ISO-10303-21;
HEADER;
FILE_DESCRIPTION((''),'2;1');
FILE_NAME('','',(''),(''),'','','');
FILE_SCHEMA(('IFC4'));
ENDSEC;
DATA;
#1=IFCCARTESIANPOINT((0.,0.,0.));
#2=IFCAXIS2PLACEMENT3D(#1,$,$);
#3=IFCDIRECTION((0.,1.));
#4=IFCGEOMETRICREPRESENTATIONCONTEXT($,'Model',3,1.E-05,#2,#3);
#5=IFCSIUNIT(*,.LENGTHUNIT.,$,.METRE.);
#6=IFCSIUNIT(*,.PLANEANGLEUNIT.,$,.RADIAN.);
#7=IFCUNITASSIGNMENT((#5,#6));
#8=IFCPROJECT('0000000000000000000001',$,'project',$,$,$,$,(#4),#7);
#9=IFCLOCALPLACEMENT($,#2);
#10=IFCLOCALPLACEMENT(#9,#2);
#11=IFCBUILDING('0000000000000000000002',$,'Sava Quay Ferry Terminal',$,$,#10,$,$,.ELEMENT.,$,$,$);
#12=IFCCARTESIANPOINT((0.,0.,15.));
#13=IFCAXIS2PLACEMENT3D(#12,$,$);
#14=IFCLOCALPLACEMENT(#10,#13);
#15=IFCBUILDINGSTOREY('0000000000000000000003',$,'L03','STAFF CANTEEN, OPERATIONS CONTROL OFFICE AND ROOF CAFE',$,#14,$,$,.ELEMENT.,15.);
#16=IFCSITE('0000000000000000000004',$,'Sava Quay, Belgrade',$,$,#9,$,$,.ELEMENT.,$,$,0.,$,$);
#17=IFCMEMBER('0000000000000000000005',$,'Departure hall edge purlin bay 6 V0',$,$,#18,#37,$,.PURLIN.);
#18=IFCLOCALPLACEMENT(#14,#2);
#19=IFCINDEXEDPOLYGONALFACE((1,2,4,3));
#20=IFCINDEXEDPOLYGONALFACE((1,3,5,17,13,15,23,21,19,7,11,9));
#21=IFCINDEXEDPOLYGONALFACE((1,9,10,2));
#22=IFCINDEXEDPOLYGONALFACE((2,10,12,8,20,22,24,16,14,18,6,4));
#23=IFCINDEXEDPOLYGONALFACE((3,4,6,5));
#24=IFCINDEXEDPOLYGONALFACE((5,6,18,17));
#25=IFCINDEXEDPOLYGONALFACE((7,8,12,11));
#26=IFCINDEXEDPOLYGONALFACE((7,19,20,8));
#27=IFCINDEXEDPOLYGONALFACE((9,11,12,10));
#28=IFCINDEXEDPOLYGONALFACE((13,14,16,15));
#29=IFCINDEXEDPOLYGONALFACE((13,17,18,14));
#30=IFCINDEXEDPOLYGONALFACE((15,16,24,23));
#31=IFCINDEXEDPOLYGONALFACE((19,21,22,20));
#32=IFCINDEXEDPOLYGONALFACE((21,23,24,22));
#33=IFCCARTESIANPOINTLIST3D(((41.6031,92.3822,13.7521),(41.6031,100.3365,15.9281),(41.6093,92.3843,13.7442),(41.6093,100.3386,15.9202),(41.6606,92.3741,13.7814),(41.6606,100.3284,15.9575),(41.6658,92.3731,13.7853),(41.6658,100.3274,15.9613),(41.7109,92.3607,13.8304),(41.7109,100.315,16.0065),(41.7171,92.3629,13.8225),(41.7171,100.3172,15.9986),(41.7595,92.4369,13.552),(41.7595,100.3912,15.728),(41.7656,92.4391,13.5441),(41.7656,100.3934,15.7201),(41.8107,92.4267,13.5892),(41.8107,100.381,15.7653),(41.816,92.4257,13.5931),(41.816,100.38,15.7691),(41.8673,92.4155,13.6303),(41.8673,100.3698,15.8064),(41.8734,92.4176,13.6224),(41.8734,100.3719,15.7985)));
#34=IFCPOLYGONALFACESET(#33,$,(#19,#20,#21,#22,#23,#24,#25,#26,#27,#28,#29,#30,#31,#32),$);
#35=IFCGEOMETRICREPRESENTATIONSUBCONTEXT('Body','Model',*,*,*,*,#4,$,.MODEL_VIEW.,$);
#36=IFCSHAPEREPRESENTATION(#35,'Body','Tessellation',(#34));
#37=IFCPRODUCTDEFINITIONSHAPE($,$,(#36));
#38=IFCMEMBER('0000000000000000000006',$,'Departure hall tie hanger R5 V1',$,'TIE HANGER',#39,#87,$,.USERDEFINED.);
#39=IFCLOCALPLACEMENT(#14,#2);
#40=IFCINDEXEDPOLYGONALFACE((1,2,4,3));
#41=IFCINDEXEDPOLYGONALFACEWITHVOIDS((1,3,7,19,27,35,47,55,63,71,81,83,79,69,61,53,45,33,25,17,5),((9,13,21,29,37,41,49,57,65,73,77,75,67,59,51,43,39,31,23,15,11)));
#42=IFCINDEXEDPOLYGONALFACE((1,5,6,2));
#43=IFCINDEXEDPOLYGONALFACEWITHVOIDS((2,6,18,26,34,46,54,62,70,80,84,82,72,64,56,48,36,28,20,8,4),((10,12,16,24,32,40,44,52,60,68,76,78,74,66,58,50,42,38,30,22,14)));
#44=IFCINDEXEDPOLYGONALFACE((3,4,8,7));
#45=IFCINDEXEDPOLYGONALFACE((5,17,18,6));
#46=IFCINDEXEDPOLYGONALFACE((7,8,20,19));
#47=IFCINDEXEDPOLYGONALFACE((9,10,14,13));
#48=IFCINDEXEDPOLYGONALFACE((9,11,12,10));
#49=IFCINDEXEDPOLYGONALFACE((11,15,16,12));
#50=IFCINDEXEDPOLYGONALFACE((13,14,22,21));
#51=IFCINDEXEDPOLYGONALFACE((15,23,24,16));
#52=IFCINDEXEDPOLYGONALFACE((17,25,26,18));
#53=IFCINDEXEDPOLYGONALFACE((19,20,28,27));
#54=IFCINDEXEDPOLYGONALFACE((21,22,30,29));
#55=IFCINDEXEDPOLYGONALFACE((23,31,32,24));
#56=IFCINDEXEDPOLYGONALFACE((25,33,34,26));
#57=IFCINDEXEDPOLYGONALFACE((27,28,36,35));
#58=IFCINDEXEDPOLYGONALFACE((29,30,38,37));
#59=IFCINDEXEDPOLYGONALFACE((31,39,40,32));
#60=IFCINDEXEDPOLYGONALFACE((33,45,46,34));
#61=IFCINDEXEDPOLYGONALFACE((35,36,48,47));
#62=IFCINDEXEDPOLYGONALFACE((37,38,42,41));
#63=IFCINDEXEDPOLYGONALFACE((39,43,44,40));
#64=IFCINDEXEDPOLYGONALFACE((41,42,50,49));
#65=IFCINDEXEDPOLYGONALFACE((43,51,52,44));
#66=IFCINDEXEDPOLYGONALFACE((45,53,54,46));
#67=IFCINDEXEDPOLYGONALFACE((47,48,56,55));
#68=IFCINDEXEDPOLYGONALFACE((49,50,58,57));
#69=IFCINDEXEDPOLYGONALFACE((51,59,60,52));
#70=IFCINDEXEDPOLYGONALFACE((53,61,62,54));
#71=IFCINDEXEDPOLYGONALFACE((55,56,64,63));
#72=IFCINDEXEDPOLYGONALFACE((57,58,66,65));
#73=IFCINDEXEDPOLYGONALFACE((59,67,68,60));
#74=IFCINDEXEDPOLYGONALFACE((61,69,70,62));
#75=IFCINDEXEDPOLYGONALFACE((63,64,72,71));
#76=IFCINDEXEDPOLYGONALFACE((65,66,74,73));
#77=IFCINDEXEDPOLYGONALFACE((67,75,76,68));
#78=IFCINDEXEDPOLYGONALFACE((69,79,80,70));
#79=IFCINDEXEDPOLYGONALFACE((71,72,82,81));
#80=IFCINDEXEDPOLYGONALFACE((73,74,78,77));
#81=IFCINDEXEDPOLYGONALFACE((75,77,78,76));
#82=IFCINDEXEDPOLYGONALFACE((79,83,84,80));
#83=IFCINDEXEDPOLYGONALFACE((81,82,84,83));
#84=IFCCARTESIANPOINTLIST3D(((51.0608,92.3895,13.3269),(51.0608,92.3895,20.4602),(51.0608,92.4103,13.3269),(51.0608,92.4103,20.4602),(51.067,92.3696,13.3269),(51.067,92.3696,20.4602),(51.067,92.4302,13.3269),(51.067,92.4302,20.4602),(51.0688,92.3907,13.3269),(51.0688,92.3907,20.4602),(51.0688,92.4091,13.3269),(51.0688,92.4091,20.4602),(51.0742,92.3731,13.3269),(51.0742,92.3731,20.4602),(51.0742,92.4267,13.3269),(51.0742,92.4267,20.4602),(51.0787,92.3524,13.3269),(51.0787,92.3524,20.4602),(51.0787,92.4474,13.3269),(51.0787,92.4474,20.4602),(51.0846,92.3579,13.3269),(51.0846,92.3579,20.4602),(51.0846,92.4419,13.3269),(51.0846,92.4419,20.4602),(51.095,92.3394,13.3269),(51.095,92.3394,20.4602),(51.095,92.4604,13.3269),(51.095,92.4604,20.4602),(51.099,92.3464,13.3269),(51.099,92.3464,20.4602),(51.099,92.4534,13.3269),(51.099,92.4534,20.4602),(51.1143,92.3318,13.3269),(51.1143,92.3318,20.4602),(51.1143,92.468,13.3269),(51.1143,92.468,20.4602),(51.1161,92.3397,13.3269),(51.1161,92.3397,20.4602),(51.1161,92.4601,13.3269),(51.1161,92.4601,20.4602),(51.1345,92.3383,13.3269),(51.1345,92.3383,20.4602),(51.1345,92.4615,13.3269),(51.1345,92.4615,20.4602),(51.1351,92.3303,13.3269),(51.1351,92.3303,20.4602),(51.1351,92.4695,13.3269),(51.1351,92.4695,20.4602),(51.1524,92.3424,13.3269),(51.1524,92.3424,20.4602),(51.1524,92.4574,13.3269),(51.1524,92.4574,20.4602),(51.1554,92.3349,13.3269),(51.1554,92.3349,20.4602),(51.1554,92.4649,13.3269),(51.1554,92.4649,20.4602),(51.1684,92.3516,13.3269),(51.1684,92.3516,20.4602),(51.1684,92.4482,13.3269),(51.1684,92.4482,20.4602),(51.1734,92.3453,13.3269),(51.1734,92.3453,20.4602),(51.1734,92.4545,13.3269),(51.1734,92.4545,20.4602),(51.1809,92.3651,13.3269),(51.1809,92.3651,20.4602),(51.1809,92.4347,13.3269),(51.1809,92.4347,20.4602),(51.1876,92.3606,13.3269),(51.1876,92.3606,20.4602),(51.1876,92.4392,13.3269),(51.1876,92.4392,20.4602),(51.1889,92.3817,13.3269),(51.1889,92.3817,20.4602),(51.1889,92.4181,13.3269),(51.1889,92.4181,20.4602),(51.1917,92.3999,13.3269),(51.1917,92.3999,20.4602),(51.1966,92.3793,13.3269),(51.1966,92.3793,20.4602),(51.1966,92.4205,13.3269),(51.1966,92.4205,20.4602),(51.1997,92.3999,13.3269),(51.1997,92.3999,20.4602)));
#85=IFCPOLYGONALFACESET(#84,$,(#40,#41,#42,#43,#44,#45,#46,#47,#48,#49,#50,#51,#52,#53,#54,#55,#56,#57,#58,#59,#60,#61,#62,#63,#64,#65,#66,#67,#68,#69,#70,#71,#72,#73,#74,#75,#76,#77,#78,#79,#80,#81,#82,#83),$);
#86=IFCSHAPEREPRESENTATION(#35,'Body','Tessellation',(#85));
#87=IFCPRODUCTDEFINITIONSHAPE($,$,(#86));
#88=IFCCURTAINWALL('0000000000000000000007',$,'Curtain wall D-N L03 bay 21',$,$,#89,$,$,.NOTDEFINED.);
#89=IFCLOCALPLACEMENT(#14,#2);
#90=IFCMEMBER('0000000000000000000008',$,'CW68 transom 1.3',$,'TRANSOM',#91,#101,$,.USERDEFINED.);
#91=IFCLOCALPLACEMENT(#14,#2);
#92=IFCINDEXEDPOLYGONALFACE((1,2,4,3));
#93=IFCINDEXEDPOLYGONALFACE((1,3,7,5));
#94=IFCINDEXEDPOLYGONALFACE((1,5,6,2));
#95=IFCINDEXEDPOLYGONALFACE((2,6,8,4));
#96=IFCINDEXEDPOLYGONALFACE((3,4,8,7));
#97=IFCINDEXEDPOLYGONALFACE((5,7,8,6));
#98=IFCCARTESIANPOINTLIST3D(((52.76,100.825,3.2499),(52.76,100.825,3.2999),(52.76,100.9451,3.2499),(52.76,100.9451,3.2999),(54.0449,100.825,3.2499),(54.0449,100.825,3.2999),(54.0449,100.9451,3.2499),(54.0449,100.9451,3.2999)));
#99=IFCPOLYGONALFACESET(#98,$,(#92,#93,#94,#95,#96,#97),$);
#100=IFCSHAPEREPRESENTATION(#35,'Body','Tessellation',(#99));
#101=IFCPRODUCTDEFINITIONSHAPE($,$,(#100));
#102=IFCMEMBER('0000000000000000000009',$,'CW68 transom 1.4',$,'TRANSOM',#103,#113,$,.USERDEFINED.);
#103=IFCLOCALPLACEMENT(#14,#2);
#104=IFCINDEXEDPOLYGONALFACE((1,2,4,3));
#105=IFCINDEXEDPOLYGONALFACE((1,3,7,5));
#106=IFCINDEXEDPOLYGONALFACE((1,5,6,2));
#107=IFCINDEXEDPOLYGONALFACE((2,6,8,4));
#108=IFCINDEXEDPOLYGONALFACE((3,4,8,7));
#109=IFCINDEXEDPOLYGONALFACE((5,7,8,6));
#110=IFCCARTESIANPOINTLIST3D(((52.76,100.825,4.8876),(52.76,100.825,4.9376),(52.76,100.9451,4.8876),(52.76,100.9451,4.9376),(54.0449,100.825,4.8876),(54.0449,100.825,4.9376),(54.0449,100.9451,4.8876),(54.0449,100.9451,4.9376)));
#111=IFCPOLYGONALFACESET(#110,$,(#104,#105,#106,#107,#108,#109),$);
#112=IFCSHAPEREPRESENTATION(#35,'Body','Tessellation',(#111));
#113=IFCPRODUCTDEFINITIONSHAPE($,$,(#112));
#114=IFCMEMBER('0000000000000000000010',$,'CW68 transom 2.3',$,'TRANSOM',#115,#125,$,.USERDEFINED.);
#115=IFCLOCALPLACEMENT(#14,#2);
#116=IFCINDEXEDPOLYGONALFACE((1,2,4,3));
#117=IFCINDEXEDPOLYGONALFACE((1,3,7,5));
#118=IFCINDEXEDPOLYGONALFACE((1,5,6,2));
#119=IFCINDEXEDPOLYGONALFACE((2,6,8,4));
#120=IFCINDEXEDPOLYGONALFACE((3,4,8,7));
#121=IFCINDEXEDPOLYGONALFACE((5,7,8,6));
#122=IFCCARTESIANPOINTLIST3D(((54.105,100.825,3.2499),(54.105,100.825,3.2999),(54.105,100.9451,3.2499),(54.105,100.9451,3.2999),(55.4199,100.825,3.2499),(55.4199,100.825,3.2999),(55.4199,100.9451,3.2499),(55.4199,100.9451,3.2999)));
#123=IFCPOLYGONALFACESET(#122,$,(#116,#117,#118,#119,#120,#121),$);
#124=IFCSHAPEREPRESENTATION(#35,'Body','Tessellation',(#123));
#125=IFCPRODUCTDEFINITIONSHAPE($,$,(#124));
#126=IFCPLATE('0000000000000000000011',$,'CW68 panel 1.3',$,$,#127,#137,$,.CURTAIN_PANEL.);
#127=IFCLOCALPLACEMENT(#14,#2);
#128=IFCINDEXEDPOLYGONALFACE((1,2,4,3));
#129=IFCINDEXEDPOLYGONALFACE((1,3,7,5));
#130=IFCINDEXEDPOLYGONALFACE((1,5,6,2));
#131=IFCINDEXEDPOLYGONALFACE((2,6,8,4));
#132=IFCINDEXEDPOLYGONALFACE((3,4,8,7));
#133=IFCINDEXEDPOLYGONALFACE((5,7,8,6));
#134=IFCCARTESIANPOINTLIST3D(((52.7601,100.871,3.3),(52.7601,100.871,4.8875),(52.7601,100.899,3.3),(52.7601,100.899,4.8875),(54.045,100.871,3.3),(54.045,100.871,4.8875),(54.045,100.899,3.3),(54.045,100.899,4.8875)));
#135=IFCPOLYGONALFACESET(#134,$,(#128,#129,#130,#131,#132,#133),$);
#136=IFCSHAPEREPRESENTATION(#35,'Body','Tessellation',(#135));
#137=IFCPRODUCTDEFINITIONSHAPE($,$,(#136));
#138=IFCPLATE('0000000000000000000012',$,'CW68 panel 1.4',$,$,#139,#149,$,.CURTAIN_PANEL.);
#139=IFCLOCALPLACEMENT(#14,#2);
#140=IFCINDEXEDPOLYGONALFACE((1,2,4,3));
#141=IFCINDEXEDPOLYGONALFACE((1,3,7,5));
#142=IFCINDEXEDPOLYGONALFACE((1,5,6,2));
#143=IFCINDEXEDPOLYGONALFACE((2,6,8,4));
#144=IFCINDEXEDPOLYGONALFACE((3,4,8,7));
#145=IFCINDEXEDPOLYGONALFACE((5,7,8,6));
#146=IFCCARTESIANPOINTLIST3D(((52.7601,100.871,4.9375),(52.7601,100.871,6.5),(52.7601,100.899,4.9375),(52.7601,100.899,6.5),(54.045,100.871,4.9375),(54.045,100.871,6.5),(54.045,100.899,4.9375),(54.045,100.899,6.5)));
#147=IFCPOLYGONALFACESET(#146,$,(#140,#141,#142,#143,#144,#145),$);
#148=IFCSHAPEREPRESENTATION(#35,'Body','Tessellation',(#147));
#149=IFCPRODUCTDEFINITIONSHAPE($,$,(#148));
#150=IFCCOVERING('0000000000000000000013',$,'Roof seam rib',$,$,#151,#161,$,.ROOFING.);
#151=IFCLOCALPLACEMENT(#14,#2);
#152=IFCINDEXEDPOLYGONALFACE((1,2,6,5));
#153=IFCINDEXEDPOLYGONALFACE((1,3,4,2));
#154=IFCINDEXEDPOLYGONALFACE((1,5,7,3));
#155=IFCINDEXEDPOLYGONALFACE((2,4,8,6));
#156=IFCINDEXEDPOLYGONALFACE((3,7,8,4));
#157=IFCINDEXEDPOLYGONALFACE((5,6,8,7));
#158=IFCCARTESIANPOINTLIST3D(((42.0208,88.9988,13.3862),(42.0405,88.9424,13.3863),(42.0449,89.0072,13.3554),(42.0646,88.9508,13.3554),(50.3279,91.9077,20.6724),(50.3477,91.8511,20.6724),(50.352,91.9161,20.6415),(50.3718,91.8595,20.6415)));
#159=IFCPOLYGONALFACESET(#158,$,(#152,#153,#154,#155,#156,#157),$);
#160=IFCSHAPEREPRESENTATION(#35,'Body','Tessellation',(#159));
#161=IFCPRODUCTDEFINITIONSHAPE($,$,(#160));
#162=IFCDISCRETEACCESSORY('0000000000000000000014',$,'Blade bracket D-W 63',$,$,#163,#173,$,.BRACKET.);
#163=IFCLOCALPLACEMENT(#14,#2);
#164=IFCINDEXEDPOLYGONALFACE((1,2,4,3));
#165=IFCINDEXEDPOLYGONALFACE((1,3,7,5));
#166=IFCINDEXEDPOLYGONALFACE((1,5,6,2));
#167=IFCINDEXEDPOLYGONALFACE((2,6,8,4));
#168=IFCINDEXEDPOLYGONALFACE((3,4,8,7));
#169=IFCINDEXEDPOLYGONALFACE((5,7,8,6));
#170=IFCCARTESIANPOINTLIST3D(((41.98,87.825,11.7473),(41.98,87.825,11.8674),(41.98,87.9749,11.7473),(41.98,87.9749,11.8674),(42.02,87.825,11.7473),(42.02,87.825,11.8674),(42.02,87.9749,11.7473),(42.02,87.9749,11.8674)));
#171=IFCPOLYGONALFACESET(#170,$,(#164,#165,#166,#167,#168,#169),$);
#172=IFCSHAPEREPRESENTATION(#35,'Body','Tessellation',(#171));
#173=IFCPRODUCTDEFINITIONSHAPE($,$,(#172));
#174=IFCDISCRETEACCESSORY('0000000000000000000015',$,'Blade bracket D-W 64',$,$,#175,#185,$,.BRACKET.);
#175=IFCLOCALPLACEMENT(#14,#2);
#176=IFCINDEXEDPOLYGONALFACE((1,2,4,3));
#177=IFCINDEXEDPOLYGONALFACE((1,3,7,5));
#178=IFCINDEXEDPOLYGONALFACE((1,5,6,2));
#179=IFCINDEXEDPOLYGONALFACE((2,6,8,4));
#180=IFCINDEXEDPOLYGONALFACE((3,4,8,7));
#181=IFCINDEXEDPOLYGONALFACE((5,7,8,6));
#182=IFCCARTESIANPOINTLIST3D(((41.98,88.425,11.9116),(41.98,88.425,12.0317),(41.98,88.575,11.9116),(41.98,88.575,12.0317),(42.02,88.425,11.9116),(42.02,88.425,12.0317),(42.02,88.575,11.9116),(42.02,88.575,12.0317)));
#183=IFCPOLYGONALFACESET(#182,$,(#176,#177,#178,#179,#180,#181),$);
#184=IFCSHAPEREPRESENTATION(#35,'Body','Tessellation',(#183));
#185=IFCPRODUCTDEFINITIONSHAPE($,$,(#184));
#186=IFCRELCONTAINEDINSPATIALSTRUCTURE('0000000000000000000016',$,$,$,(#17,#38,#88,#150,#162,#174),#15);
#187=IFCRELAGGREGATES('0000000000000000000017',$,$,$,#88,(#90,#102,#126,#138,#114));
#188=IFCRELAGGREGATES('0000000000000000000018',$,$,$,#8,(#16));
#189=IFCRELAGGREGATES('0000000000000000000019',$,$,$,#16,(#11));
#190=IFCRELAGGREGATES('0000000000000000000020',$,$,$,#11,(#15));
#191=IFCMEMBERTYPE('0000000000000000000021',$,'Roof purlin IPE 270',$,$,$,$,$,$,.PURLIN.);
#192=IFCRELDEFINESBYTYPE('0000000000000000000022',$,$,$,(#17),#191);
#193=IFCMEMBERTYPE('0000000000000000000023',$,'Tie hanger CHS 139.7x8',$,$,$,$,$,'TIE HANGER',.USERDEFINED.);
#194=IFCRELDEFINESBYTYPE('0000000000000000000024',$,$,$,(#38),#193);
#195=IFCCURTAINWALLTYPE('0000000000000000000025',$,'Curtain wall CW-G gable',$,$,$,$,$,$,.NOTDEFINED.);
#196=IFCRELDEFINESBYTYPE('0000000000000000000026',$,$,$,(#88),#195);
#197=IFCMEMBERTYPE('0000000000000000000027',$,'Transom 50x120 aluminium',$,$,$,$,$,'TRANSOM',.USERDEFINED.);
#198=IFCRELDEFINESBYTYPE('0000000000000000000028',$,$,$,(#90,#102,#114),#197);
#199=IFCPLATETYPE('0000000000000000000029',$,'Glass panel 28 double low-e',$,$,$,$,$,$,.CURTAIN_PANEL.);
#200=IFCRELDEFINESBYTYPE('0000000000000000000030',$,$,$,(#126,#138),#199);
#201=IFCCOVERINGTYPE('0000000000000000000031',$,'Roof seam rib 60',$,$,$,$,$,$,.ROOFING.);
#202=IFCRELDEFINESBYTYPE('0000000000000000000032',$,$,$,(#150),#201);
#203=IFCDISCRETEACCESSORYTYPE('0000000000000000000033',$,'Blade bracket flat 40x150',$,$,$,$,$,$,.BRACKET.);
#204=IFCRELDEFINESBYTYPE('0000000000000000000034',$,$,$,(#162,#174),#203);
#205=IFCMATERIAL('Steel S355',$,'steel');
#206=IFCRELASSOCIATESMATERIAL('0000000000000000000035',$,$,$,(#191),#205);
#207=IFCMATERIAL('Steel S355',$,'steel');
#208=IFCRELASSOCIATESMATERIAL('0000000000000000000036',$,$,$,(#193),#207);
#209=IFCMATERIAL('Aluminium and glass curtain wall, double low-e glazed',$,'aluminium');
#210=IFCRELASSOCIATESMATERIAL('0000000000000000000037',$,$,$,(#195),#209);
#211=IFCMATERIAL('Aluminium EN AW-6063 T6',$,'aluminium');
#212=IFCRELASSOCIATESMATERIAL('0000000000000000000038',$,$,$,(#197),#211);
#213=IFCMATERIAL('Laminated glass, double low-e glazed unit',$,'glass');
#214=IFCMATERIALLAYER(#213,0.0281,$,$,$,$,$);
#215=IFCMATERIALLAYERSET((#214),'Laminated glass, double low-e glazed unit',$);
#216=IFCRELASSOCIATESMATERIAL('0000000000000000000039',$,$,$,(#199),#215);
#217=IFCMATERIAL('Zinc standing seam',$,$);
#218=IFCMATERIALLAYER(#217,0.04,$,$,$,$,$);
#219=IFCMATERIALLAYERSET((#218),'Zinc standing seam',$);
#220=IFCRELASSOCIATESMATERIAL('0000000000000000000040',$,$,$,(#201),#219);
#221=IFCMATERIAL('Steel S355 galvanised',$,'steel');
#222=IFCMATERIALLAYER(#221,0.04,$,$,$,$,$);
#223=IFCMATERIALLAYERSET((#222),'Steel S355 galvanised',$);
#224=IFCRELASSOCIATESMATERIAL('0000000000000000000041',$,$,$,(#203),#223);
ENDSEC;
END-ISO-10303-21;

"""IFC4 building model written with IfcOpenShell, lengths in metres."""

from ifc_helpers import new_model, si_unit, direction, frame, origin, origin_2d, place, context, subcontext, project, spatial, polyline, rectangle, hollow_circle, i_section, outline, extrude, material, layer, layer_set, material_profile, profile_set, type_object, element, aggregate, save


model = new_model("IFC4")

# Units and contexts
model_context = context("Model", 3, precision=1e-05, world=origin(), true_north=direction((0.0, 1.0)))
body_context = subcontext(model_context, "Body", "Model", "MODEL_VIEW")
ifc_project = project(units=[si_unit("LENGTHUNIT", "METRE"), si_unit("PLANEANGLEUNIT", "RADIAN")], contexts=[model_context])

# Site, building, storey
site_placement = place(None, origin())
site = spatial("IfcSite", under=ifc_project, at=site_placement, Name="Sava Quay, Belgrade", CompositionType="ELEMENT", RefElevation=0.0)
building_placement = place(site_placement, origin())
building = spatial("IfcBuilding", under=site, at=building_placement, Name="Sava Quay Ferry Terminal", CompositionType="ELEMENT")
storey_placement = place(building_placement, frame((0.0, 0.0, 15.0)))
storey = spatial("IfcBuildingStorey", under=building, at=storey_placement, Name="L03", Description="STAFF CANTEEN, OPERATIONS CONTROL OFFICE AND ROOF CAFE", CompositionType="ELEMENT", Elevation=15.0)

# Members
ifc_material_1 = material(Name="Steel S355", Category="steel")
ifc_material_profile_1 = material_profile(ifc_material_1, i_section(OverallWidth=0.135, OverallDepth=0.27, WebThickness=0.0066, FlangeThickness=0.0103, at=origin_2d()), Name="IPE 270")
ifc_profile_set_1 = profile_set([ifc_material_profile_1], Name="Steel S355")
member_type_1 = type_object("IfcMemberType", Name="Roof purlin IPE 270", PredefinedType="PURLIN", material=ifc_profile_set_1)
member_1_placement = place(storey_placement, frame((41.7383, 92.3999, 13.6873), z_axis=(0.0, 0.964559, 0.263869), x_axis=(-0.79862, 0.158806, -0.580506)))
element("IfcMember", 1, at=member_1_placement, inside=storey, type_object=member_type_1, Name="Departure hall edge purlin bay 6 V0", PredefinedType="PURLIN", context=body_context, shape_type="SweptSolid", body=[
    extrude(i_section(OverallWidth=0.135, OverallDepth=0.27, WebThickness=0.0066, FlangeThickness=0.0103, at=origin_2d()), origin(), (0.0, 0.0, 1.0), 8.2466),
])
ifc_material_2 = material(Name="Steel S355", Category="steel")
ifc_material_profile_2 = material_profile(ifc_material_2, hollow_circle(Radius=0.0698, WallThickness=0.0081, at=origin_2d()), Name="CHS 139.7 x 8.0")
ifc_profile_set_2 = profile_set([ifc_material_profile_2], Name="Steel S355")
member_type_2 = type_object("IfcMemberType", Name="Tie hanger CHS 139.7x8", ElementType="TIE HANGER", PredefinedType="USERDEFINED", material=ifc_profile_set_2)
member_2_placement = place(storey_placement, frame((51.1299, 92.3999, 13.3269), z_axis=(0.0, 0.0, 1.0), x_axis=(1.0, 0.0, 0.0)))
element("IfcMember", 2, at=member_2_placement, inside=storey, type_object=member_type_2, Name="Departure hall tie hanger R5 V1", ObjectType="TIE HANGER", PredefinedType="USERDEFINED", context=body_context, shape_type="SweptSolid", body=[
    extrude(hollow_circle(Radius=0.0698, WallThickness=0.0081, at=origin_2d()), origin(), (0.0, 0.0, 1.0), 7.1333),
])

# Curtain wall, members, plates
ifc_material_3 = material(Name="Aluminium and glass curtain wall, double low-e glazed", Category="aluminium")
curtain_wall_type = type_object("IfcCurtainWallType", Name="Curtain wall CW-G gable", PredefinedType="NOTDEFINED", material=ifc_material_3)
curtain_wall_placement = place(storey_placement, origin())
curtain_wall = element("IfcCurtainWall", 3, at=curtain_wall_placement, inside=storey, type_object=curtain_wall_type, Name="Curtain wall D-N L03 bay 21", PredefinedType="NOTDEFINED")
ifc_material_4 = material(Name="Aluminium EN AW-6063 T6", Category="aluminium")
ifc_material_profile_3 = material_profile(ifc_material_4, rectangle(XDim=0.1201, YDim=0.05, at=origin_2d()), Name="Transom 50x120 aluminium")
ifc_profile_set_3 = profile_set([ifc_material_profile_3], Name="Aluminium EN AW-6063 T6")
member_type_3 = type_object("IfcMemberType", Name="Transom 50x120 aluminium", ElementType="TRANSOM", PredefinedType="USERDEFINED", material=ifc_profile_set_3)
member_3_placement = place(storey_placement, frame((52.76, 100.885, 3.2749), z_axis=(1.0, 0.0, 0.0), x_axis=(0.0, 1.0, 0.0)))
member_3 = element("IfcMember", 4, at=member_3_placement, type_object=member_type_3, Name="CW68 transom 1.3", ObjectType="TRANSOM", PredefinedType="USERDEFINED", context=body_context, shape_type="SweptSolid", body=[
    extrude(rectangle(XDim=0.1201, YDim=0.05, at=origin_2d()), origin(), (0.0, 0.0, 1.0), 1.2849),
])
member_4_placement = place(storey_placement, frame((52.76, 100.885, 4.9126), z_axis=(1.0, 0.0, 0.0), x_axis=(0.0, 1.0, 0.0)))
member_4 = element("IfcMember", 5, at=member_4_placement, type_object=member_type_3, Name="CW68 transom 1.4", ObjectType="TRANSOM", PredefinedType="USERDEFINED", context=body_context, shape_type="SweptSolid", body=[
    extrude(rectangle(XDim=0.1201, YDim=0.05, at=origin_2d()), origin(), (0.0, 0.0, 1.0), 1.2849),
])
member_5_placement = place(storey_placement, frame((54.105, 100.885, 3.2749), z_axis=(1.0, 0.0, 0.0), x_axis=(0.0, 1.0, 0.0)))
member_5 = element("IfcMember", 6, at=member_5_placement, type_object=member_type_3, Name="CW68 transom 2.3", ObjectType="TRANSOM", PredefinedType="USERDEFINED", context=body_context, shape_type="SweptSolid", body=[
    extrude(rectangle(XDim=0.1201, YDim=0.05, at=origin_2d()), origin(), (0.0, 0.0, 1.0), 1.3149),
])
ifc_material_5 = material(Name="Laminated glass, double low-e glazed unit", Category="glass")
ifc_layer_1 = layer(ifc_material_5, 0.0281)
ifc_layer_set_1 = layer_set([ifc_layer_1], Name="Laminated glass, double low-e glazed unit")
plate_type = type_object("IfcPlateType", Name="Glass panel 28 double low-e", PredefinedType="CURTAIN_PANEL", material=ifc_layer_set_1)
plate_1_placement = place(storey_placement, frame((53.4026, 100.885, 3.3), z_axis=(0.0, 0.0, 1.0), x_axis=(1.0, 0.0, 0.0)))
plate_1 = element("IfcPlate", 7, at=plate_1_placement, type_object=plate_type, Name="CW68 panel 1.3", PredefinedType="CURTAIN_PANEL", context=body_context, shape_type="SweptSolid", body=[
    extrude(rectangle(XDim=1.2849, YDim=0.0281, at=origin_2d()), origin(), (0.0, 0.0, 1.0), 1.5874),
])
plate_2_placement = place(storey_placement, frame((53.4026, 100.885, 4.9375), z_axis=(0.0, 0.0, 1.0), x_axis=(1.0, 0.0, 0.0)))
plate_2 = element("IfcPlate", 8, at=plate_2_placement, type_object=plate_type, Name="CW68 panel 1.4", PredefinedType="CURTAIN_PANEL", context=body_context, shape_type="SweptSolid", body=[
    extrude(rectangle(XDim=1.2849, YDim=0.0281, at=origin_2d()), origin(), (0.0, 0.0, 1.0), 1.5625),
])
aggregate(curtain_wall, [member_3, member_4, plate_1, plate_2, member_5])

# Covering
ifc_material_6 = material(Name="Zinc standing seam")
ifc_layer_2 = layer(ifc_material_6, 0.04)
ifc_layer_set_2 = layer_set([ifc_layer_2], Name="Zinc standing seam")
covering_type = type_object("IfcCoveringType", Name="Roof seam rib 60", PredefinedType="ROOFING", material=ifc_layer_set_2)
covering_placement = place(storey_placement, frame((42.0208, 88.9988, 13.3862), z_axis=(-0.601891, -0.210597, 0.770309), x_axis=(0.727023, 0.254584, 0.637671)))
element("IfcCovering", 9, at=covering_placement, inside=storey, type_object=covering_type, Name="Roof seam rib", PredefinedType="ROOFING", context=body_context, shape_type="SweptSolid", body=[
    extrude(outline(polyline([(0.0, 0.0), (11.4262, 0.0), (11.4262, -0.06), (0.0, -0.0598), (0.0, 0.0)])), origin(), (0.0, 0.0, -1.0), 0.04),
])

# Discrete accessories
ifc_material_7 = material(Name="Steel S355 galvanised", Category="steel")
ifc_layer_3 = layer(ifc_material_7, 0.04)
ifc_layer_set_3 = layer_set([ifc_layer_3], Name="Steel S355 galvanised")
discrete_accessory_type = type_object("IfcDiscreteAccessoryType", Name="Blade bracket flat 40x150", PredefinedType="BRACKET", material=ifc_layer_set_3)
for number, where, z_axis, x_axis, name in (
    (10, (42.0, 87.8999, 11.7473), (0.0, 0.0, 1.0), (1.0, 0.0, 0.0), "Blade bracket D-W 63"),
    (11, (42.0, 88.5, 11.9116), (0.0, 0.0, 1.0), (1.0, 0.0, 0.0), "Blade bracket D-W 64"),
):
    element("IfcDiscreteAccessory", number, at=place(storey_placement, frame(where, z_axis=z_axis, x_axis=x_axis)), inside=storey, type_object=discrete_accessory_type, Name=name, PredefinedType="BRACKET", context=body_context, shape_type="SweptSolid", body=[
        extrude(rectangle(XDim=0.04, YDim=0.1499, at=origin_2d()), origin(), (0.0, 0.0, 1.0), 0.1201),
    ])

save(model, "model.ifc")
